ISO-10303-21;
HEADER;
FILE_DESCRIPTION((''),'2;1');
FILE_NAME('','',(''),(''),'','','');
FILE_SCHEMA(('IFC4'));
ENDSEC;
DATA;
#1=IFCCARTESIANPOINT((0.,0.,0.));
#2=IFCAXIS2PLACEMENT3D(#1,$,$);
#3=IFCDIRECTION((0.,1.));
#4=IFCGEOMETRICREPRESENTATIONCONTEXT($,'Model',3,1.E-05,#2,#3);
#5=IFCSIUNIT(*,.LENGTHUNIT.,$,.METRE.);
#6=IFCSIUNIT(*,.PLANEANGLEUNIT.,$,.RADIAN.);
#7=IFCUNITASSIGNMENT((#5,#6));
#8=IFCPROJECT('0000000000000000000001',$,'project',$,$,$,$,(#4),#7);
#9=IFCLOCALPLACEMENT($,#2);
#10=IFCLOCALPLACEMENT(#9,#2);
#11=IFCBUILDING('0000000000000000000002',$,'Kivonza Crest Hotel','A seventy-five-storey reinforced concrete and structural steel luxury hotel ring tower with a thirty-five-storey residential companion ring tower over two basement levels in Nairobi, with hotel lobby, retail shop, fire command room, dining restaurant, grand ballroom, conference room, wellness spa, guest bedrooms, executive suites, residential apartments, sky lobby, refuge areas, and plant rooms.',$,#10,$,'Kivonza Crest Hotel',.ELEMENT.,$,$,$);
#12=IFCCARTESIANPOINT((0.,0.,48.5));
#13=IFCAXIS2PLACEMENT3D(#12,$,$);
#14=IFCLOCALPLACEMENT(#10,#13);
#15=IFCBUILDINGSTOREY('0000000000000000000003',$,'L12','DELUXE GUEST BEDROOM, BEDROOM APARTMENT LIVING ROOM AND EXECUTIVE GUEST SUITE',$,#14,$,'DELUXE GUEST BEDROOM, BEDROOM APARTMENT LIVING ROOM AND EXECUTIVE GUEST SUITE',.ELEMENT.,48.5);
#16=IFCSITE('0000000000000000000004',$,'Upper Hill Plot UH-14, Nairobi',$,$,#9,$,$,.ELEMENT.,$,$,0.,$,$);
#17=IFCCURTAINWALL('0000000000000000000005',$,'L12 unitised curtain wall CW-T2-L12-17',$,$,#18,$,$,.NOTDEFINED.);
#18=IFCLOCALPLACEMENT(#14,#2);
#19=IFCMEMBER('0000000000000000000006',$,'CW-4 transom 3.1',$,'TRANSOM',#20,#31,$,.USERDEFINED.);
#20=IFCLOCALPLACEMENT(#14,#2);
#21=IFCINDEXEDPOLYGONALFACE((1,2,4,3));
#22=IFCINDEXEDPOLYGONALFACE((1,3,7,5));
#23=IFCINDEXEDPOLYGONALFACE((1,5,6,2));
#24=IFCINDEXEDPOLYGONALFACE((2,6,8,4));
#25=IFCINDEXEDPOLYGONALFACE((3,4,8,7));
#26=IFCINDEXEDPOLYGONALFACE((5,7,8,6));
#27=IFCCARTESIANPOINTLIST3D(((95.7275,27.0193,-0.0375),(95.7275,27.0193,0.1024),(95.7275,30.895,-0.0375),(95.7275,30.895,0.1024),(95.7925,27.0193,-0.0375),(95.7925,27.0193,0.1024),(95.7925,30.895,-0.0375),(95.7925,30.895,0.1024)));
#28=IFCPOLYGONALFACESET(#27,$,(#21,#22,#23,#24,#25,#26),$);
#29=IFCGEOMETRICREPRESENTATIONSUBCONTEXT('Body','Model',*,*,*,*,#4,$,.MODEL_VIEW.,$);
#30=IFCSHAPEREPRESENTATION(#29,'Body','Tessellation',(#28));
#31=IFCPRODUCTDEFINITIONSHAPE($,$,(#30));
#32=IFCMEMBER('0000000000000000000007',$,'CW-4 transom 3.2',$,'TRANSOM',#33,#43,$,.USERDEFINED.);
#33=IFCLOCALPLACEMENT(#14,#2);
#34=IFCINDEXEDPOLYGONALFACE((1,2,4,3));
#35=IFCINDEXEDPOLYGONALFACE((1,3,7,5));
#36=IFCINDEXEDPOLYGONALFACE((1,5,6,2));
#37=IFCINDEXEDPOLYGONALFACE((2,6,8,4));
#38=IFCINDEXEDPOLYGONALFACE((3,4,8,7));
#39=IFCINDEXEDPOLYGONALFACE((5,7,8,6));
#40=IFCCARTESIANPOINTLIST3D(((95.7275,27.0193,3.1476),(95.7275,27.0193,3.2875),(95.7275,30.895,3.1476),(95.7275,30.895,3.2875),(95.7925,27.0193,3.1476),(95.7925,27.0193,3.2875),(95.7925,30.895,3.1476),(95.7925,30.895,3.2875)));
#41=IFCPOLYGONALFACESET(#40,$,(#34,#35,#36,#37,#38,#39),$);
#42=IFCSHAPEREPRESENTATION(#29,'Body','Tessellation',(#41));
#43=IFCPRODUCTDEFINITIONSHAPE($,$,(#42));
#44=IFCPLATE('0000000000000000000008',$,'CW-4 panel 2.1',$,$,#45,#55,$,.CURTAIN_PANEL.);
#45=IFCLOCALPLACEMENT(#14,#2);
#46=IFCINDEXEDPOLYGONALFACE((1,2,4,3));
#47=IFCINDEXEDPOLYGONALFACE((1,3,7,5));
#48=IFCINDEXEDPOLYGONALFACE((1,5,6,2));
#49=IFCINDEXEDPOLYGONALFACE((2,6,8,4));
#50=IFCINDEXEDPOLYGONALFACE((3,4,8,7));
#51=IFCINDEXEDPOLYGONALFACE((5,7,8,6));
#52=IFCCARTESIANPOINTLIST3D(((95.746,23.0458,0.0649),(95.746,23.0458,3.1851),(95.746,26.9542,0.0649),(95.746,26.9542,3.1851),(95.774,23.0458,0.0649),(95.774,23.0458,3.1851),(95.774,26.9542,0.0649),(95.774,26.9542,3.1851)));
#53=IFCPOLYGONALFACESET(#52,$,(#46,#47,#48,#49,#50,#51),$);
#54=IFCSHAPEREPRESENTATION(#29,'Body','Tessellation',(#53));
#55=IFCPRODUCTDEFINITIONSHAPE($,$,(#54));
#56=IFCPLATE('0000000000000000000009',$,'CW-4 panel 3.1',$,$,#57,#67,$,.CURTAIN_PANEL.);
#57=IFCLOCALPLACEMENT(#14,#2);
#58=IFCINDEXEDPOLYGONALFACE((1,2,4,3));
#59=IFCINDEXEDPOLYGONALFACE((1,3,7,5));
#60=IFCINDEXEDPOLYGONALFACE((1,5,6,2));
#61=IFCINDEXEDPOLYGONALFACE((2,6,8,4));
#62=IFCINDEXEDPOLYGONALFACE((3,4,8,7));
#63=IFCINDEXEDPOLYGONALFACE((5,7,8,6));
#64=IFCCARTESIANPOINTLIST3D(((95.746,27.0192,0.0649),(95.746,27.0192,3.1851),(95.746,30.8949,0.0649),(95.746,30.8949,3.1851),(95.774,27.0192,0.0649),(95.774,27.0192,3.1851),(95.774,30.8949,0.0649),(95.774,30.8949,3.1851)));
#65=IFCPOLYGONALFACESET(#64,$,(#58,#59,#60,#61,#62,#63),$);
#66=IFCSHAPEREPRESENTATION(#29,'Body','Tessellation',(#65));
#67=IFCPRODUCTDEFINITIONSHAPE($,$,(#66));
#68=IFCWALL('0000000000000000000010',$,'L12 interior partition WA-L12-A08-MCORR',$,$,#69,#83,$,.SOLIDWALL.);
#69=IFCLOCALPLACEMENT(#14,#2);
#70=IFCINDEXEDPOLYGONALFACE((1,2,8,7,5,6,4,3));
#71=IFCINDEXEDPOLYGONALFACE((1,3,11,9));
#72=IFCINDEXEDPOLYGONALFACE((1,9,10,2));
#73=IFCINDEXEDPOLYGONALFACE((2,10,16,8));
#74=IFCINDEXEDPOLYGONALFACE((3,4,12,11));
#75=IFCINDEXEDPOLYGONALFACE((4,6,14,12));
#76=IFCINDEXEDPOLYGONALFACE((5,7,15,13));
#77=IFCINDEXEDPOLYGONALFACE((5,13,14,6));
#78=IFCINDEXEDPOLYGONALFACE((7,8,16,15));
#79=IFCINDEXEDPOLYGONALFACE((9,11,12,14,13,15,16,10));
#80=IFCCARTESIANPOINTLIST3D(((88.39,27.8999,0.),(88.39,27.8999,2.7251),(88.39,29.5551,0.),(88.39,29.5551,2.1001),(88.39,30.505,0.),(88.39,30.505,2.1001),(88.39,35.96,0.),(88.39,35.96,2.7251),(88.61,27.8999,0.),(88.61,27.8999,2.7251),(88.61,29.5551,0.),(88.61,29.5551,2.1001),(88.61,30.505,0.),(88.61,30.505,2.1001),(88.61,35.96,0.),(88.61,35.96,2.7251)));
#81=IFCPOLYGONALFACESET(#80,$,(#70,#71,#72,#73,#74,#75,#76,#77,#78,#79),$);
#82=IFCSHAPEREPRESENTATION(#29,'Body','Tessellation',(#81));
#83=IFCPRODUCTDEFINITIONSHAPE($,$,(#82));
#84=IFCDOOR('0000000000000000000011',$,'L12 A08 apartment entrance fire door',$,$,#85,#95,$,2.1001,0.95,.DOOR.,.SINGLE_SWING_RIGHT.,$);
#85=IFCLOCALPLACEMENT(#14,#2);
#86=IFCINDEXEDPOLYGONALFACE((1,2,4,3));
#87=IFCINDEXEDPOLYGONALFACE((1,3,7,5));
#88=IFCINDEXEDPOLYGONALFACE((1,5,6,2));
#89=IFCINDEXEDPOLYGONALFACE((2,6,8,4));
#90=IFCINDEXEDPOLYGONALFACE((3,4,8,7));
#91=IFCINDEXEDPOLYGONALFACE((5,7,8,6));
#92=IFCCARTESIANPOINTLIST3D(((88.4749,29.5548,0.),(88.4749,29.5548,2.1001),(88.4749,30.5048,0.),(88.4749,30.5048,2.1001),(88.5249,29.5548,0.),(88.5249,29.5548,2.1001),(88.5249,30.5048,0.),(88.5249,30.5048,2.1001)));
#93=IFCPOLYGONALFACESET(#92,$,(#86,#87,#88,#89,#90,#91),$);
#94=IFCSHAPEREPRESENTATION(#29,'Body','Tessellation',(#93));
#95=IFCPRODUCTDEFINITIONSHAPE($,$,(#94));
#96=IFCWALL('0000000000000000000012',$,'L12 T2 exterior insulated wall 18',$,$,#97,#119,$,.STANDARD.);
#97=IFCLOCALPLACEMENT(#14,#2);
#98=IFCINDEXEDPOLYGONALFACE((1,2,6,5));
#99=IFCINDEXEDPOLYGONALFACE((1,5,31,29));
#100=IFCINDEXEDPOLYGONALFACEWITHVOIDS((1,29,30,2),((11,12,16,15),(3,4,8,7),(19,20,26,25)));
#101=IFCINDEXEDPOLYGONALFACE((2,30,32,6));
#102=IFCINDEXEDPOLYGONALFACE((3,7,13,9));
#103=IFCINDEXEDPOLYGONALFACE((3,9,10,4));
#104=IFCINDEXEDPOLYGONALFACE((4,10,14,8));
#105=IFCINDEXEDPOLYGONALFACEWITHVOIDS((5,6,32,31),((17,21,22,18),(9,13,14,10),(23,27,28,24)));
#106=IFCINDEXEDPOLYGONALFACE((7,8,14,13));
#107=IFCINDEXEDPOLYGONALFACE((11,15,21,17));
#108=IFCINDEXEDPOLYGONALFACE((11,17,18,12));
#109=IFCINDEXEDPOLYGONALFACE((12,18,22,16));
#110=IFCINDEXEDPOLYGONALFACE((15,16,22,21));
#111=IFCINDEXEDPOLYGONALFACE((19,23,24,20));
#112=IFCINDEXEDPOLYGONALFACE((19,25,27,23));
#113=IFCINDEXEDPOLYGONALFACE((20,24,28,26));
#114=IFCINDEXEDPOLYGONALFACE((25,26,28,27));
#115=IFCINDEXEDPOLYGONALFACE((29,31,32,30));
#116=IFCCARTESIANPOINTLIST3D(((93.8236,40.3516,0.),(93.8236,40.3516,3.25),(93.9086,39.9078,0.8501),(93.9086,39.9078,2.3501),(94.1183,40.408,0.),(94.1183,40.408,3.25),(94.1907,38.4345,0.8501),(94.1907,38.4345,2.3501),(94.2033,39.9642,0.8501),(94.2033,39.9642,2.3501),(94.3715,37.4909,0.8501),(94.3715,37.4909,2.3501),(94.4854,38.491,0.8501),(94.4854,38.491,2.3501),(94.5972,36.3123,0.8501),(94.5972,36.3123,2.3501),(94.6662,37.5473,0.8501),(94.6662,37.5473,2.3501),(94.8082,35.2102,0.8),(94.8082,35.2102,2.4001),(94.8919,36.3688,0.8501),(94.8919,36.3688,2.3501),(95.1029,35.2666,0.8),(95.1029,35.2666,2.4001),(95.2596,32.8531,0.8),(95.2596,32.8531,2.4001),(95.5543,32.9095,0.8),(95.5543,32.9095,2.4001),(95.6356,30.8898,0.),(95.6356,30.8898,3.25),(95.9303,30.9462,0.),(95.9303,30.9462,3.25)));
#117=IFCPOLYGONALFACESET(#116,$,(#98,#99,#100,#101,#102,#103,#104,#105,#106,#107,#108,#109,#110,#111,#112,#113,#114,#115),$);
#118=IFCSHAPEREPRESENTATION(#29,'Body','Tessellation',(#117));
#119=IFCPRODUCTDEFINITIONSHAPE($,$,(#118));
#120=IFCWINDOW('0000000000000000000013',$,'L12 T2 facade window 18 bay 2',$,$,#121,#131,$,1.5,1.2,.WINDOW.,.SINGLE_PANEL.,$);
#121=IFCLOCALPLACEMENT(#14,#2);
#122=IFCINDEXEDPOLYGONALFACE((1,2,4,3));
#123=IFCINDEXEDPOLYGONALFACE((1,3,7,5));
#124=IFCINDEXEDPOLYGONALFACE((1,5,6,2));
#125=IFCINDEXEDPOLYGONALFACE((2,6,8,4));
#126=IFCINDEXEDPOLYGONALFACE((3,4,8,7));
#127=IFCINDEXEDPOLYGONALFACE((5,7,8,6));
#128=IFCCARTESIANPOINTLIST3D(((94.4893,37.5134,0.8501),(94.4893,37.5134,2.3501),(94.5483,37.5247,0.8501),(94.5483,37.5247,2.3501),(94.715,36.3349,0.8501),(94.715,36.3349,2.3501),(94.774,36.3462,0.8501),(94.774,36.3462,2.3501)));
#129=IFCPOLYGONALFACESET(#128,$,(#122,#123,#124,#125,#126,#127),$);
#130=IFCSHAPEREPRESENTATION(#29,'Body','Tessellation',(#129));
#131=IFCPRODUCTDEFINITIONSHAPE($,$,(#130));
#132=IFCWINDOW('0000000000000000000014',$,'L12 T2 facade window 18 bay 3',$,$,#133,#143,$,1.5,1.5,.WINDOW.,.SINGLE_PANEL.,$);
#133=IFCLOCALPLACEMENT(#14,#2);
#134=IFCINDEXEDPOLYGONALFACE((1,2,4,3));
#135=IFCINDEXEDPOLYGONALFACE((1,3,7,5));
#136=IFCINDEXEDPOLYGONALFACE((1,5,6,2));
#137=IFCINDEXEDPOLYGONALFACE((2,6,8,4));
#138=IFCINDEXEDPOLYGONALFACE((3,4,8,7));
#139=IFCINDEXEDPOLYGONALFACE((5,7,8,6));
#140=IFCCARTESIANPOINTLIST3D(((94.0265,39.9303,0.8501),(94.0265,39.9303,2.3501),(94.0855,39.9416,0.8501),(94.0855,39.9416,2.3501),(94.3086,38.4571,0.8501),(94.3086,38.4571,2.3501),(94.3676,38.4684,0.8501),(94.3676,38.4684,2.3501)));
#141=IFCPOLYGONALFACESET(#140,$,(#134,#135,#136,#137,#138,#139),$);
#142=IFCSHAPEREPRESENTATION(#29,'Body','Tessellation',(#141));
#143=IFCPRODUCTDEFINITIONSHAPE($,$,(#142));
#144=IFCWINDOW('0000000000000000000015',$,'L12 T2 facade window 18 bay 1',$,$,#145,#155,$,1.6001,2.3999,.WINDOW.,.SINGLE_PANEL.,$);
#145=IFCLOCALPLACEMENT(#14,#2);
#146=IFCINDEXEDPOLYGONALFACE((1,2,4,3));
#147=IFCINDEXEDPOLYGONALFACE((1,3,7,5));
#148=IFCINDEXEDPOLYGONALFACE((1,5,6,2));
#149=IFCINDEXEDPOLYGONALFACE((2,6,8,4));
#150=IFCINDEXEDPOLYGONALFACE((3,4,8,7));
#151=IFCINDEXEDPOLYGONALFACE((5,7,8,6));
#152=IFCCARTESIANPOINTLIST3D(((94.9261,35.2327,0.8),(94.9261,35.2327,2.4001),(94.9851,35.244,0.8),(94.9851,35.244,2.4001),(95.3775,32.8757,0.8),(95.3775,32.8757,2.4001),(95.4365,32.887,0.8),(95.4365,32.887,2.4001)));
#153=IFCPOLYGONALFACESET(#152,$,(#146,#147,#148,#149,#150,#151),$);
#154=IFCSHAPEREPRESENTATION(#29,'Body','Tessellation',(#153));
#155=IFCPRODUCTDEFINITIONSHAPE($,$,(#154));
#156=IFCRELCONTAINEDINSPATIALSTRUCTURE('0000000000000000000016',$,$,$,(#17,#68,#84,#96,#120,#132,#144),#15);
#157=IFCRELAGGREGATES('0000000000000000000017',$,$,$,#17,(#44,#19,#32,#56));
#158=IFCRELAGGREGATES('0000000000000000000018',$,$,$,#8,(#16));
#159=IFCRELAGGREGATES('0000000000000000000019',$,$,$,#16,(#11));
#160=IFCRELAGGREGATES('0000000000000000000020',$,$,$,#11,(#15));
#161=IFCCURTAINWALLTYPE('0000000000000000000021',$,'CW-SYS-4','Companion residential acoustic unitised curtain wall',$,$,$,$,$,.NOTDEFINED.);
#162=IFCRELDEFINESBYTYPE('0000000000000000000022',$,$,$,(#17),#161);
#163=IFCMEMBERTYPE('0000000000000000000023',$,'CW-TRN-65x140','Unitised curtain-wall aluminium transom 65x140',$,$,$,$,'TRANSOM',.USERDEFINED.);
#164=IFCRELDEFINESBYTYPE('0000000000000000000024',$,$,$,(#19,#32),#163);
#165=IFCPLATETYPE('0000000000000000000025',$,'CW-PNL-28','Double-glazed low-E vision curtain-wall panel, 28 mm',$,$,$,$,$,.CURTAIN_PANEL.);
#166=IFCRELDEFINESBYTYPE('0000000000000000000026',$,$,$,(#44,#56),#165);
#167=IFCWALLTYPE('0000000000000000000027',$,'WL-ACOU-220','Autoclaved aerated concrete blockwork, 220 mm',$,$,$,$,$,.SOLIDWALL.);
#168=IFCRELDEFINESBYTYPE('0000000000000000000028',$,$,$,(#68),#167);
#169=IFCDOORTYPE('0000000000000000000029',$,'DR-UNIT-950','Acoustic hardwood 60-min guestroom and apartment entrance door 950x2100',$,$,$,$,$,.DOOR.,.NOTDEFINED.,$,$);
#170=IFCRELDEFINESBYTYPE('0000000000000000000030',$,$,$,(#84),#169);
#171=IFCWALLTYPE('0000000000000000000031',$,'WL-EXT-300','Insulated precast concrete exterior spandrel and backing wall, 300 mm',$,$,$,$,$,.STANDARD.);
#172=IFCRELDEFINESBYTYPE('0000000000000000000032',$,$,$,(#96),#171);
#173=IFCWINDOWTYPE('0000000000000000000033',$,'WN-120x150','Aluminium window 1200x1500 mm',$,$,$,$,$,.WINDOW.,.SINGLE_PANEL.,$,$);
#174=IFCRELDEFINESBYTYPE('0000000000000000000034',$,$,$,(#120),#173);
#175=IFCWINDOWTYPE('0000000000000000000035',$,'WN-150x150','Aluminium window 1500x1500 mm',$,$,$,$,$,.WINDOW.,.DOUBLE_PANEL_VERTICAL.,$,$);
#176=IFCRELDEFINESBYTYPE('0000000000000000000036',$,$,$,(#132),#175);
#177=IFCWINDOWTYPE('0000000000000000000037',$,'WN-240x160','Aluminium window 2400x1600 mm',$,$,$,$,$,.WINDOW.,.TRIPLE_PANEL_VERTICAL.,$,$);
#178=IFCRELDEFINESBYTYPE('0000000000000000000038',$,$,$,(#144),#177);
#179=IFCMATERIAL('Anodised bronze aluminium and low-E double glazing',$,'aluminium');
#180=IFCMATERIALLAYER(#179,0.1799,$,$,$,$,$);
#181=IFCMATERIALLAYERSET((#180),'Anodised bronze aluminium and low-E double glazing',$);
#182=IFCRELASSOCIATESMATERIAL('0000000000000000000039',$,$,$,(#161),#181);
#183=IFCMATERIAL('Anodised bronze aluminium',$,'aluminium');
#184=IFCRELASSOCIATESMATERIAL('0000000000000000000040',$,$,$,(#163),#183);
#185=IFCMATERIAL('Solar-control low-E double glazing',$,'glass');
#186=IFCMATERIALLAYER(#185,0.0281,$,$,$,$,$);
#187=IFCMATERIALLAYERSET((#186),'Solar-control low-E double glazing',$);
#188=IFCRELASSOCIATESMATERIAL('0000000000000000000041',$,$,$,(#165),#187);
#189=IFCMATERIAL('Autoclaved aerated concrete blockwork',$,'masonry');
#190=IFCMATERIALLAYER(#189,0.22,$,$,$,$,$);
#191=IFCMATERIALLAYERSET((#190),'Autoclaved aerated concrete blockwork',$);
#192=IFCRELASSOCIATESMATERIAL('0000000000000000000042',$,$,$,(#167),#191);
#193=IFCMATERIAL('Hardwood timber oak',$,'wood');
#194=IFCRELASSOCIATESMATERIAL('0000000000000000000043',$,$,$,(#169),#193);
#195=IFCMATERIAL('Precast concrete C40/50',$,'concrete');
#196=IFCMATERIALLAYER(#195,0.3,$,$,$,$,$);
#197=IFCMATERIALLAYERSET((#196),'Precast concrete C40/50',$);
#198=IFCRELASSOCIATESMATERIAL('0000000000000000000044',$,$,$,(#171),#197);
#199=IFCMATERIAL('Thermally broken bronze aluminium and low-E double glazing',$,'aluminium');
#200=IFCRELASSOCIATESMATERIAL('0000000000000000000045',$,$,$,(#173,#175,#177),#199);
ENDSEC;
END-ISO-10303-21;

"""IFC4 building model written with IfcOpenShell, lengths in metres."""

from ifc_helpers import new_model, si_unit, direction, frame, frame_2d, origin, origin_2d, place, context, subcontext, project, spatial, rectangle, extrude, material, layer, layer_set, material_profile, profile_set, type_object, element, fill, aggregate, save


model = new_model("IFC4")

# Units and contexts
model_context = context("Model", 3, precision=1e-05, world=origin(), true_north=direction((0.0, 1.0)))
body_context = subcontext(model_context, "Body", "Model", "MODEL_VIEW")
ifc_project = project(units=[si_unit("LENGTHUNIT", "METRE"), si_unit("PLANEANGLEUNIT", "RADIAN")], contexts=[model_context])

# Site, building, storey
site_placement = place(None, origin())
site = spatial("IfcSite", under=ifc_project, at=site_placement, Name="Upper Hill Plot UH-14, Nairobi", CompositionType="ELEMENT", RefElevation=0.0)
building_placement = place(site_placement, origin())
building = spatial("IfcBuilding", under=site, at=building_placement, Name="Kivonza Crest Hotel", Description="A seventy-five-storey reinforced concrete and structural steel luxury hotel ring tower with a thirty-five-storey residential companion ring tower over two basement levels in Nairobi, with hotel lobby, retail shop, fire command room, dining restaurant, grand ballroom, conference room, wellness spa, guest bedrooms, executive suites, residential apartments, sky lobby, refuge areas, and plant rooms.", LongName="Kivonza Crest Hotel", CompositionType="ELEMENT")
storey_placement = place(building_placement, frame((0.0, 0.0, 48.5)))
storey = spatial("IfcBuildingStorey", under=building, at=storey_placement, Name="L12", Description="DELUXE GUEST BEDROOM, BEDROOM APARTMENT LIVING ROOM AND EXECUTIVE GUEST SUITE", LongName="DELUXE GUEST BEDROOM, BEDROOM APARTMENT LIVING ROOM AND EXECUTIVE GUEST SUITE", CompositionType="ELEMENT", Elevation=48.5)

# Curtain wall, members, plates
ifc_material_1 = material(Name="Anodised bronze aluminium and low-E double glazing", Category="aluminium")
ifc_layer_1 = layer(ifc_material_1, 0.1799)
ifc_layer_set_1 = layer_set([ifc_layer_1], Name="Anodised bronze aluminium and low-E double glazing")
curtain_wall_type = type_object("IfcCurtainWallType", Name="CW-SYS-4", Description="Companion residential acoustic unitised curtain wall", PredefinedType="NOTDEFINED", material=ifc_layer_set_1)
curtain_wall_placement = place(storey_placement, origin())
curtain_wall = element("IfcCurtainWall", 1, at=curtain_wall_placement, inside=storey, type_object=curtain_wall_type, Name="L12 unitised curtain wall CW-T2-L12-17", PredefinedType="NOTDEFINED")
ifc_material_2 = material(Name="Anodised bronze aluminium", Category="aluminium")
ifc_material_profile_1 = material_profile(ifc_material_2, rectangle(XDim=0.0649, YDim=0.1399, at=origin_2d()), Name="CW-T 65x140")
ifc_profile_set_1 = profile_set([ifc_material_profile_1], Name="Anodised bronze aluminium")
member_type_1 = type_object("IfcMemberType", Name="CW-TRN-65x140", Description="Unitised curtain-wall aluminium transom 65x140", ElementType="TRANSOM", PredefinedType="USERDEFINED", material=ifc_profile_set_1)
member_1_placement = place(storey_placement, frame((95.76, 27.0193, 0.0325), z_axis=(0.0, 1.0, 0.0), x_axis=(-1.0, 0.0, 0.0)))
member_1 = element("IfcMember", 2, at=member_1_placement, type_object=member_type_1, Name="CW-4 transom 3.1", ObjectType="TRANSOM", PredefinedType="USERDEFINED", context=body_context, shape_type="SweptSolid", body=[
    extrude(rectangle(XDim=0.0649, YDim=0.1399, at=origin_2d()), origin(), (0.0, 0.0, 1.0), 3.8757),
])
member_2_placement = place(storey_placement, frame((95.76, 27.0193, 3.2175), z_axis=(0.0, 1.0, 0.0), x_axis=(-1.0, 0.0, 0.0)))
member_2 = element("IfcMember", 3, at=member_2_placement, type_object=member_type_1, Name="CW-4 transom 3.2", ObjectType="TRANSOM", PredefinedType="USERDEFINED", context=body_context, shape_type="SweptSolid", body=[
    extrude(rectangle(XDim=0.0649, YDim=0.1399, at=origin_2d()), origin(), (0.0, 0.0, 1.0), 3.8757),
])
ifc_material_3 = material(Name="Solar-control low-E double glazing", Category="glass")
ifc_layer_2 = layer(ifc_material_3, 0.0281)
ifc_layer_set_2 = layer_set([ifc_layer_2], Name="Solar-control low-E double glazing")
plate_type = type_object("IfcPlateType", Name="CW-PNL-28", Description="Double-glazed low-E vision curtain-wall panel, 28 mm", PredefinedType="CURTAIN_PANEL", material=ifc_layer_set_2)
plate_1_placement = place(storey_placement, frame((95.76, 25.0, 0.0649), z_axis=(0.0, 0.0, 1.0), x_axis=(0.0, 1.0, 0.0)))
plate_1 = element("IfcPlate", 4, at=plate_1_placement, type_object=plate_type, Name="CW-4 panel 2.1", PredefinedType="CURTAIN_PANEL", context=body_context, shape_type="SweptSolid", body=[
    extrude(rectangle(XDim=3.9084, YDim=0.0281, at=origin_2d()), origin(), (0.0, 0.0, 1.0), 3.1201),
])
plate_2_placement = place(storey_placement, frame((95.76, 28.957, 0.0649), z_axis=(0.0, 0.0, 1.0), x_axis=(0.0, 1.0, 0.0)))
plate_2 = element("IfcPlate", 5, at=plate_2_placement, type_object=plate_type, Name="CW-4 panel 3.1", PredefinedType="CURTAIN_PANEL", context=body_context, shape_type="SweptSolid", body=[
    extrude(rectangle(XDim=3.8757, YDim=0.0281, at=origin_2d()), origin(), (0.0, 0.0, 1.0), 3.1201),
])
aggregate(curtain_wall, [plate_1, member_1, member_2, plate_2])

# Wall, opening, door
ifc_material_4 = material(Name="Autoclaved aerated concrete blockwork", Category="masonry")
ifc_layer_3 = layer(ifc_material_4, 0.22)
ifc_layer_set_3 = layer_set([ifc_layer_3], Name="Autoclaved aerated concrete blockwork")
wall_type_1 = type_object("IfcWallType", Name="WL-ACOU-220", Description="Autoclaved aerated concrete blockwork, 220 mm", PredefinedType="SOLIDWALL", material=ifc_layer_set_3)
wall_1_placement = place(storey_placement, frame((88.5, 27.8999, 0.0), z_axis=(0.0, 0.0, 1.0), x_axis=(0.0, 1.0, 0.0)))
wall_1 = element("IfcWall", 6, at=wall_1_placement, inside=storey, type_object=wall_type_1, Name="L12 interior partition WA-L12-A08-MCORR", PredefinedType="SOLIDWALL", context=body_context, shape_type="SweptSolid", body=[
    extrude(rectangle(XDim=8.0601, YDim=0.22, at=frame_2d((4.03, 0.0))), origin(), (0.0, 0.0, 1.0), 2.7251),
])
opening_1_placement = place(wall_1_placement, frame((1.655, 0.0, 0.0)))
opening_1 = element("IfcOpeningElement", 7, at=opening_1_placement, cuts=wall_1, PredefinedType="OPENING", context=body_context, shape_type="SweptSolid", body=[
    extrude(rectangle(XDim=0.95, YDim=2.1001, at=frame_2d((0.4751, 1.05))), frame((0.0, 0.1201, 0.0), z_axis=(0.0, -1.0, 0.0), x_axis=(1.0, 0.0, 0.0)), (0.0, 0.0, 1.0), 0.24),
])
ifc_material_5 = material(Name="Hardwood timber oak", Category="wood")
door_type_1 = type_object("IfcDoorType", Name="DR-UNIT-950", Description="Acoustic hardwood 60-min guestroom and apartment entrance door 950x2100", OperationType="NOTDEFINED", PredefinedType="DOOR", material=ifc_material_5)
door_1_placement = place(opening_1_placement, frame((0.95, 0.0, 0.0), z_axis=(0.0, 0.0, 1.0), x_axis=(-1.0, 0.0, 0.0)))
door_1 = element("IfcDoor", 8, at=door_1_placement, inside=storey, type_object=door_type_1, Name="L12 A08 apartment entrance fire door", OperationType="SINGLE_SWING_RIGHT", OverallHeight=2.1001, OverallWidth=0.95, PredefinedType="DOOR", context=body_context, shape_type="SweptSolid", body=[
    extrude(rectangle(XDim=0.95, YDim=2.1001, at=frame_2d((0.4751, 1.05))), frame((0.0, 0.0249, 0.0), z_axis=(0.0, -1.0, 0.0), x_axis=(1.0, 0.0, 0.0)), (0.0, 0.0, 1.0), 0.05),
])
fill(opening_1, door_1)

# Wall, openings, windows
ifc_material_6 = material(Name="Precast concrete C40/50", Category="concrete")
ifc_layer_4 = layer(ifc_material_6, 0.3)
ifc_layer_set_4 = layer_set([ifc_layer_4], Name="Precast concrete C40/50")
wall_type_2 = type_object("IfcWallType", Name="WL-EXT-300", Description="Insulated precast concrete exterior spandrel and backing wall, 300 mm", PredefinedType="STANDARD", material=ifc_layer_set_4)
wall_2_placement = place(storey_placement, frame((95.783, 30.918, 0.0), z_axis=(0.0, 0.0, 1.0), x_axis=(-0.188088, 0.982152, 0.0)))
wall_2 = element("IfcWall", 9, at=wall_2_placement, inside=storey, type_object=wall_type_2, Name="L12 T2 exterior insulated wall 18", PredefinedType="STANDARD", context=body_context, shape_type="SweptSolid", body=[
    extrude(rectangle(XDim=9.6338, YDim=0.3, at=frame_2d((4.8169, 0.0))), origin(), (0.0, 0.0, 1.0), 3.25),
])
opening_2_placement = place(wall_2_placement, frame((1.999, 0.0, 0.8)))
opening_2 = element("IfcOpeningElement", 10, at=opening_2_placement, cuts=wall_2, PredefinedType="OPENING", context=body_context, shape_type="SweptSolid", body=[
    extrude(rectangle(XDim=2.3999, YDim=1.6001, at=frame_2d((1.2, 0.8))), frame((0.0, 0.1602, 0.0), z_axis=(0.0, -1.0, 0.0), x_axis=(1.0, 0.0, 0.0)), (0.0, 0.0, 1.0), 0.3201),
])
opening_3_placement = place(wall_2_placement, frame((5.521, 0.0, 0.8501)))
opening_3 = element("IfcOpeningElement", 11, at=opening_3_placement, cuts=wall_2, PredefinedType="OPENING", context=body_context, shape_type="SweptSolid", body=[
    extrude(rectangle(XDim=1.2, YDim=1.5, at=frame_2d((0.6001, 0.75))), frame((0.0, 0.1602, 0.0), z_axis=(0.0, -1.0, 0.0), x_axis=(1.0, 0.0, 0.0)), (0.0, 0.0, 1.0), 0.3201),
])
opening_4_placement = place(wall_2_placement, frame((7.6819, 0.0, 0.8501)))
opening_4 = element("IfcOpeningElement", 12, at=opening_4_placement, cuts=wall_2, PredefinedType="OPENING", context=body_context, shape_type="SweptSolid", body=[
    extrude(rectangle(XDim=1.5, YDim=1.5, at=frame_2d((0.75, 0.75))), frame((0.0, 0.1602, 0.0), z_axis=(0.0, -1.0, 0.0), x_axis=(1.0, 0.0, 0.0)), (0.0, 0.0, 1.0), 0.3201),
])
ifc_material_7 = material(Name="Thermally broken bronze aluminium and low-E double glazing", Category="aluminium")
window_type_1 = type_object("IfcWindowType", Name="WN-120x150", Description="Aluminium window 1200x1500 mm", PartitioningType="SINGLE_PANEL", PredefinedType="WINDOW", material=ifc_material_7)
window_1_placement = place(opening_3_placement, origin())
window_1 = element("IfcWindow", 13, at=window_1_placement, inside=storey, type_object=window_type_1, Name="L12 T2 facade window 18 bay 2", OverallHeight=1.5, OverallWidth=1.2, PartitioningType="SINGLE_PANEL", PredefinedType="WINDOW", context=body_context, shape_type="SweptSolid", body=[
    extrude(rectangle(XDim=1.2, YDim=1.5, at=frame_2d((0.6001, 0.75))), frame((0.0, 0.03, 0.0), z_axis=(0.0, -1.0, 0.0), x_axis=(1.0, 0.0, 0.0)), (0.0, 0.0, 1.0), 0.0601),
])
fill(opening_3, window_1)
window_type_2 = type_object("IfcWindowType", Name="WN-150x150", Description="Aluminium window 1500x1500 mm", PartitioningType="DOUBLE_PANEL_VERTICAL", PredefinedType="WINDOW", material=ifc_material_7)
window_2_placement = place(opening_4_placement, origin())
window_2 = element("IfcWindow", 14, at=window_2_placement, inside=storey, type_object=window_type_2, Name="L12 T2 facade window 18 bay 3", OverallHeight=1.5, OverallWidth=1.5, PartitioningType="SINGLE_PANEL", PredefinedType="WINDOW", context=body_context, shape_type="SweptSolid", body=[
    extrude(rectangle(XDim=1.5, YDim=1.5, at=frame_2d((0.75, 0.75))), frame((0.0, 0.03, 0.0), z_axis=(0.0, -1.0, 0.0), x_axis=(1.0, 0.0, 0.0)), (0.0, 0.0, 1.0), 0.0601),
])
fill(opening_4, window_2)
window_type_3 = type_object("IfcWindowType", Name="WN-240x160", Description="Aluminium window 2400x1600 mm", PartitioningType="TRIPLE_PANEL_VERTICAL", PredefinedType="WINDOW", material=ifc_material_7)
window_3_placement = place(opening_2_placement, origin())
window_3 = element("IfcWindow", 15, at=window_3_placement, inside=storey, type_object=window_type_3, Name="L12 T2 facade window 18 bay 1", OverallHeight=1.6001, OverallWidth=2.3999, PartitioningType="SINGLE_PANEL", PredefinedType="WINDOW", context=body_context, shape_type="SweptSolid", body=[
    extrude(rectangle(XDim=2.3999, YDim=1.6001, at=frame_2d((1.2, 0.8))), frame((0.0, 0.03, 0.0), z_axis=(0.0, -1.0, 0.0), x_axis=(1.0, 0.0, 0.0)), (0.0, 0.0, 1.0), 0.0601),
])
fill(opening_2, window_3)

save(model, "model.ifc")
